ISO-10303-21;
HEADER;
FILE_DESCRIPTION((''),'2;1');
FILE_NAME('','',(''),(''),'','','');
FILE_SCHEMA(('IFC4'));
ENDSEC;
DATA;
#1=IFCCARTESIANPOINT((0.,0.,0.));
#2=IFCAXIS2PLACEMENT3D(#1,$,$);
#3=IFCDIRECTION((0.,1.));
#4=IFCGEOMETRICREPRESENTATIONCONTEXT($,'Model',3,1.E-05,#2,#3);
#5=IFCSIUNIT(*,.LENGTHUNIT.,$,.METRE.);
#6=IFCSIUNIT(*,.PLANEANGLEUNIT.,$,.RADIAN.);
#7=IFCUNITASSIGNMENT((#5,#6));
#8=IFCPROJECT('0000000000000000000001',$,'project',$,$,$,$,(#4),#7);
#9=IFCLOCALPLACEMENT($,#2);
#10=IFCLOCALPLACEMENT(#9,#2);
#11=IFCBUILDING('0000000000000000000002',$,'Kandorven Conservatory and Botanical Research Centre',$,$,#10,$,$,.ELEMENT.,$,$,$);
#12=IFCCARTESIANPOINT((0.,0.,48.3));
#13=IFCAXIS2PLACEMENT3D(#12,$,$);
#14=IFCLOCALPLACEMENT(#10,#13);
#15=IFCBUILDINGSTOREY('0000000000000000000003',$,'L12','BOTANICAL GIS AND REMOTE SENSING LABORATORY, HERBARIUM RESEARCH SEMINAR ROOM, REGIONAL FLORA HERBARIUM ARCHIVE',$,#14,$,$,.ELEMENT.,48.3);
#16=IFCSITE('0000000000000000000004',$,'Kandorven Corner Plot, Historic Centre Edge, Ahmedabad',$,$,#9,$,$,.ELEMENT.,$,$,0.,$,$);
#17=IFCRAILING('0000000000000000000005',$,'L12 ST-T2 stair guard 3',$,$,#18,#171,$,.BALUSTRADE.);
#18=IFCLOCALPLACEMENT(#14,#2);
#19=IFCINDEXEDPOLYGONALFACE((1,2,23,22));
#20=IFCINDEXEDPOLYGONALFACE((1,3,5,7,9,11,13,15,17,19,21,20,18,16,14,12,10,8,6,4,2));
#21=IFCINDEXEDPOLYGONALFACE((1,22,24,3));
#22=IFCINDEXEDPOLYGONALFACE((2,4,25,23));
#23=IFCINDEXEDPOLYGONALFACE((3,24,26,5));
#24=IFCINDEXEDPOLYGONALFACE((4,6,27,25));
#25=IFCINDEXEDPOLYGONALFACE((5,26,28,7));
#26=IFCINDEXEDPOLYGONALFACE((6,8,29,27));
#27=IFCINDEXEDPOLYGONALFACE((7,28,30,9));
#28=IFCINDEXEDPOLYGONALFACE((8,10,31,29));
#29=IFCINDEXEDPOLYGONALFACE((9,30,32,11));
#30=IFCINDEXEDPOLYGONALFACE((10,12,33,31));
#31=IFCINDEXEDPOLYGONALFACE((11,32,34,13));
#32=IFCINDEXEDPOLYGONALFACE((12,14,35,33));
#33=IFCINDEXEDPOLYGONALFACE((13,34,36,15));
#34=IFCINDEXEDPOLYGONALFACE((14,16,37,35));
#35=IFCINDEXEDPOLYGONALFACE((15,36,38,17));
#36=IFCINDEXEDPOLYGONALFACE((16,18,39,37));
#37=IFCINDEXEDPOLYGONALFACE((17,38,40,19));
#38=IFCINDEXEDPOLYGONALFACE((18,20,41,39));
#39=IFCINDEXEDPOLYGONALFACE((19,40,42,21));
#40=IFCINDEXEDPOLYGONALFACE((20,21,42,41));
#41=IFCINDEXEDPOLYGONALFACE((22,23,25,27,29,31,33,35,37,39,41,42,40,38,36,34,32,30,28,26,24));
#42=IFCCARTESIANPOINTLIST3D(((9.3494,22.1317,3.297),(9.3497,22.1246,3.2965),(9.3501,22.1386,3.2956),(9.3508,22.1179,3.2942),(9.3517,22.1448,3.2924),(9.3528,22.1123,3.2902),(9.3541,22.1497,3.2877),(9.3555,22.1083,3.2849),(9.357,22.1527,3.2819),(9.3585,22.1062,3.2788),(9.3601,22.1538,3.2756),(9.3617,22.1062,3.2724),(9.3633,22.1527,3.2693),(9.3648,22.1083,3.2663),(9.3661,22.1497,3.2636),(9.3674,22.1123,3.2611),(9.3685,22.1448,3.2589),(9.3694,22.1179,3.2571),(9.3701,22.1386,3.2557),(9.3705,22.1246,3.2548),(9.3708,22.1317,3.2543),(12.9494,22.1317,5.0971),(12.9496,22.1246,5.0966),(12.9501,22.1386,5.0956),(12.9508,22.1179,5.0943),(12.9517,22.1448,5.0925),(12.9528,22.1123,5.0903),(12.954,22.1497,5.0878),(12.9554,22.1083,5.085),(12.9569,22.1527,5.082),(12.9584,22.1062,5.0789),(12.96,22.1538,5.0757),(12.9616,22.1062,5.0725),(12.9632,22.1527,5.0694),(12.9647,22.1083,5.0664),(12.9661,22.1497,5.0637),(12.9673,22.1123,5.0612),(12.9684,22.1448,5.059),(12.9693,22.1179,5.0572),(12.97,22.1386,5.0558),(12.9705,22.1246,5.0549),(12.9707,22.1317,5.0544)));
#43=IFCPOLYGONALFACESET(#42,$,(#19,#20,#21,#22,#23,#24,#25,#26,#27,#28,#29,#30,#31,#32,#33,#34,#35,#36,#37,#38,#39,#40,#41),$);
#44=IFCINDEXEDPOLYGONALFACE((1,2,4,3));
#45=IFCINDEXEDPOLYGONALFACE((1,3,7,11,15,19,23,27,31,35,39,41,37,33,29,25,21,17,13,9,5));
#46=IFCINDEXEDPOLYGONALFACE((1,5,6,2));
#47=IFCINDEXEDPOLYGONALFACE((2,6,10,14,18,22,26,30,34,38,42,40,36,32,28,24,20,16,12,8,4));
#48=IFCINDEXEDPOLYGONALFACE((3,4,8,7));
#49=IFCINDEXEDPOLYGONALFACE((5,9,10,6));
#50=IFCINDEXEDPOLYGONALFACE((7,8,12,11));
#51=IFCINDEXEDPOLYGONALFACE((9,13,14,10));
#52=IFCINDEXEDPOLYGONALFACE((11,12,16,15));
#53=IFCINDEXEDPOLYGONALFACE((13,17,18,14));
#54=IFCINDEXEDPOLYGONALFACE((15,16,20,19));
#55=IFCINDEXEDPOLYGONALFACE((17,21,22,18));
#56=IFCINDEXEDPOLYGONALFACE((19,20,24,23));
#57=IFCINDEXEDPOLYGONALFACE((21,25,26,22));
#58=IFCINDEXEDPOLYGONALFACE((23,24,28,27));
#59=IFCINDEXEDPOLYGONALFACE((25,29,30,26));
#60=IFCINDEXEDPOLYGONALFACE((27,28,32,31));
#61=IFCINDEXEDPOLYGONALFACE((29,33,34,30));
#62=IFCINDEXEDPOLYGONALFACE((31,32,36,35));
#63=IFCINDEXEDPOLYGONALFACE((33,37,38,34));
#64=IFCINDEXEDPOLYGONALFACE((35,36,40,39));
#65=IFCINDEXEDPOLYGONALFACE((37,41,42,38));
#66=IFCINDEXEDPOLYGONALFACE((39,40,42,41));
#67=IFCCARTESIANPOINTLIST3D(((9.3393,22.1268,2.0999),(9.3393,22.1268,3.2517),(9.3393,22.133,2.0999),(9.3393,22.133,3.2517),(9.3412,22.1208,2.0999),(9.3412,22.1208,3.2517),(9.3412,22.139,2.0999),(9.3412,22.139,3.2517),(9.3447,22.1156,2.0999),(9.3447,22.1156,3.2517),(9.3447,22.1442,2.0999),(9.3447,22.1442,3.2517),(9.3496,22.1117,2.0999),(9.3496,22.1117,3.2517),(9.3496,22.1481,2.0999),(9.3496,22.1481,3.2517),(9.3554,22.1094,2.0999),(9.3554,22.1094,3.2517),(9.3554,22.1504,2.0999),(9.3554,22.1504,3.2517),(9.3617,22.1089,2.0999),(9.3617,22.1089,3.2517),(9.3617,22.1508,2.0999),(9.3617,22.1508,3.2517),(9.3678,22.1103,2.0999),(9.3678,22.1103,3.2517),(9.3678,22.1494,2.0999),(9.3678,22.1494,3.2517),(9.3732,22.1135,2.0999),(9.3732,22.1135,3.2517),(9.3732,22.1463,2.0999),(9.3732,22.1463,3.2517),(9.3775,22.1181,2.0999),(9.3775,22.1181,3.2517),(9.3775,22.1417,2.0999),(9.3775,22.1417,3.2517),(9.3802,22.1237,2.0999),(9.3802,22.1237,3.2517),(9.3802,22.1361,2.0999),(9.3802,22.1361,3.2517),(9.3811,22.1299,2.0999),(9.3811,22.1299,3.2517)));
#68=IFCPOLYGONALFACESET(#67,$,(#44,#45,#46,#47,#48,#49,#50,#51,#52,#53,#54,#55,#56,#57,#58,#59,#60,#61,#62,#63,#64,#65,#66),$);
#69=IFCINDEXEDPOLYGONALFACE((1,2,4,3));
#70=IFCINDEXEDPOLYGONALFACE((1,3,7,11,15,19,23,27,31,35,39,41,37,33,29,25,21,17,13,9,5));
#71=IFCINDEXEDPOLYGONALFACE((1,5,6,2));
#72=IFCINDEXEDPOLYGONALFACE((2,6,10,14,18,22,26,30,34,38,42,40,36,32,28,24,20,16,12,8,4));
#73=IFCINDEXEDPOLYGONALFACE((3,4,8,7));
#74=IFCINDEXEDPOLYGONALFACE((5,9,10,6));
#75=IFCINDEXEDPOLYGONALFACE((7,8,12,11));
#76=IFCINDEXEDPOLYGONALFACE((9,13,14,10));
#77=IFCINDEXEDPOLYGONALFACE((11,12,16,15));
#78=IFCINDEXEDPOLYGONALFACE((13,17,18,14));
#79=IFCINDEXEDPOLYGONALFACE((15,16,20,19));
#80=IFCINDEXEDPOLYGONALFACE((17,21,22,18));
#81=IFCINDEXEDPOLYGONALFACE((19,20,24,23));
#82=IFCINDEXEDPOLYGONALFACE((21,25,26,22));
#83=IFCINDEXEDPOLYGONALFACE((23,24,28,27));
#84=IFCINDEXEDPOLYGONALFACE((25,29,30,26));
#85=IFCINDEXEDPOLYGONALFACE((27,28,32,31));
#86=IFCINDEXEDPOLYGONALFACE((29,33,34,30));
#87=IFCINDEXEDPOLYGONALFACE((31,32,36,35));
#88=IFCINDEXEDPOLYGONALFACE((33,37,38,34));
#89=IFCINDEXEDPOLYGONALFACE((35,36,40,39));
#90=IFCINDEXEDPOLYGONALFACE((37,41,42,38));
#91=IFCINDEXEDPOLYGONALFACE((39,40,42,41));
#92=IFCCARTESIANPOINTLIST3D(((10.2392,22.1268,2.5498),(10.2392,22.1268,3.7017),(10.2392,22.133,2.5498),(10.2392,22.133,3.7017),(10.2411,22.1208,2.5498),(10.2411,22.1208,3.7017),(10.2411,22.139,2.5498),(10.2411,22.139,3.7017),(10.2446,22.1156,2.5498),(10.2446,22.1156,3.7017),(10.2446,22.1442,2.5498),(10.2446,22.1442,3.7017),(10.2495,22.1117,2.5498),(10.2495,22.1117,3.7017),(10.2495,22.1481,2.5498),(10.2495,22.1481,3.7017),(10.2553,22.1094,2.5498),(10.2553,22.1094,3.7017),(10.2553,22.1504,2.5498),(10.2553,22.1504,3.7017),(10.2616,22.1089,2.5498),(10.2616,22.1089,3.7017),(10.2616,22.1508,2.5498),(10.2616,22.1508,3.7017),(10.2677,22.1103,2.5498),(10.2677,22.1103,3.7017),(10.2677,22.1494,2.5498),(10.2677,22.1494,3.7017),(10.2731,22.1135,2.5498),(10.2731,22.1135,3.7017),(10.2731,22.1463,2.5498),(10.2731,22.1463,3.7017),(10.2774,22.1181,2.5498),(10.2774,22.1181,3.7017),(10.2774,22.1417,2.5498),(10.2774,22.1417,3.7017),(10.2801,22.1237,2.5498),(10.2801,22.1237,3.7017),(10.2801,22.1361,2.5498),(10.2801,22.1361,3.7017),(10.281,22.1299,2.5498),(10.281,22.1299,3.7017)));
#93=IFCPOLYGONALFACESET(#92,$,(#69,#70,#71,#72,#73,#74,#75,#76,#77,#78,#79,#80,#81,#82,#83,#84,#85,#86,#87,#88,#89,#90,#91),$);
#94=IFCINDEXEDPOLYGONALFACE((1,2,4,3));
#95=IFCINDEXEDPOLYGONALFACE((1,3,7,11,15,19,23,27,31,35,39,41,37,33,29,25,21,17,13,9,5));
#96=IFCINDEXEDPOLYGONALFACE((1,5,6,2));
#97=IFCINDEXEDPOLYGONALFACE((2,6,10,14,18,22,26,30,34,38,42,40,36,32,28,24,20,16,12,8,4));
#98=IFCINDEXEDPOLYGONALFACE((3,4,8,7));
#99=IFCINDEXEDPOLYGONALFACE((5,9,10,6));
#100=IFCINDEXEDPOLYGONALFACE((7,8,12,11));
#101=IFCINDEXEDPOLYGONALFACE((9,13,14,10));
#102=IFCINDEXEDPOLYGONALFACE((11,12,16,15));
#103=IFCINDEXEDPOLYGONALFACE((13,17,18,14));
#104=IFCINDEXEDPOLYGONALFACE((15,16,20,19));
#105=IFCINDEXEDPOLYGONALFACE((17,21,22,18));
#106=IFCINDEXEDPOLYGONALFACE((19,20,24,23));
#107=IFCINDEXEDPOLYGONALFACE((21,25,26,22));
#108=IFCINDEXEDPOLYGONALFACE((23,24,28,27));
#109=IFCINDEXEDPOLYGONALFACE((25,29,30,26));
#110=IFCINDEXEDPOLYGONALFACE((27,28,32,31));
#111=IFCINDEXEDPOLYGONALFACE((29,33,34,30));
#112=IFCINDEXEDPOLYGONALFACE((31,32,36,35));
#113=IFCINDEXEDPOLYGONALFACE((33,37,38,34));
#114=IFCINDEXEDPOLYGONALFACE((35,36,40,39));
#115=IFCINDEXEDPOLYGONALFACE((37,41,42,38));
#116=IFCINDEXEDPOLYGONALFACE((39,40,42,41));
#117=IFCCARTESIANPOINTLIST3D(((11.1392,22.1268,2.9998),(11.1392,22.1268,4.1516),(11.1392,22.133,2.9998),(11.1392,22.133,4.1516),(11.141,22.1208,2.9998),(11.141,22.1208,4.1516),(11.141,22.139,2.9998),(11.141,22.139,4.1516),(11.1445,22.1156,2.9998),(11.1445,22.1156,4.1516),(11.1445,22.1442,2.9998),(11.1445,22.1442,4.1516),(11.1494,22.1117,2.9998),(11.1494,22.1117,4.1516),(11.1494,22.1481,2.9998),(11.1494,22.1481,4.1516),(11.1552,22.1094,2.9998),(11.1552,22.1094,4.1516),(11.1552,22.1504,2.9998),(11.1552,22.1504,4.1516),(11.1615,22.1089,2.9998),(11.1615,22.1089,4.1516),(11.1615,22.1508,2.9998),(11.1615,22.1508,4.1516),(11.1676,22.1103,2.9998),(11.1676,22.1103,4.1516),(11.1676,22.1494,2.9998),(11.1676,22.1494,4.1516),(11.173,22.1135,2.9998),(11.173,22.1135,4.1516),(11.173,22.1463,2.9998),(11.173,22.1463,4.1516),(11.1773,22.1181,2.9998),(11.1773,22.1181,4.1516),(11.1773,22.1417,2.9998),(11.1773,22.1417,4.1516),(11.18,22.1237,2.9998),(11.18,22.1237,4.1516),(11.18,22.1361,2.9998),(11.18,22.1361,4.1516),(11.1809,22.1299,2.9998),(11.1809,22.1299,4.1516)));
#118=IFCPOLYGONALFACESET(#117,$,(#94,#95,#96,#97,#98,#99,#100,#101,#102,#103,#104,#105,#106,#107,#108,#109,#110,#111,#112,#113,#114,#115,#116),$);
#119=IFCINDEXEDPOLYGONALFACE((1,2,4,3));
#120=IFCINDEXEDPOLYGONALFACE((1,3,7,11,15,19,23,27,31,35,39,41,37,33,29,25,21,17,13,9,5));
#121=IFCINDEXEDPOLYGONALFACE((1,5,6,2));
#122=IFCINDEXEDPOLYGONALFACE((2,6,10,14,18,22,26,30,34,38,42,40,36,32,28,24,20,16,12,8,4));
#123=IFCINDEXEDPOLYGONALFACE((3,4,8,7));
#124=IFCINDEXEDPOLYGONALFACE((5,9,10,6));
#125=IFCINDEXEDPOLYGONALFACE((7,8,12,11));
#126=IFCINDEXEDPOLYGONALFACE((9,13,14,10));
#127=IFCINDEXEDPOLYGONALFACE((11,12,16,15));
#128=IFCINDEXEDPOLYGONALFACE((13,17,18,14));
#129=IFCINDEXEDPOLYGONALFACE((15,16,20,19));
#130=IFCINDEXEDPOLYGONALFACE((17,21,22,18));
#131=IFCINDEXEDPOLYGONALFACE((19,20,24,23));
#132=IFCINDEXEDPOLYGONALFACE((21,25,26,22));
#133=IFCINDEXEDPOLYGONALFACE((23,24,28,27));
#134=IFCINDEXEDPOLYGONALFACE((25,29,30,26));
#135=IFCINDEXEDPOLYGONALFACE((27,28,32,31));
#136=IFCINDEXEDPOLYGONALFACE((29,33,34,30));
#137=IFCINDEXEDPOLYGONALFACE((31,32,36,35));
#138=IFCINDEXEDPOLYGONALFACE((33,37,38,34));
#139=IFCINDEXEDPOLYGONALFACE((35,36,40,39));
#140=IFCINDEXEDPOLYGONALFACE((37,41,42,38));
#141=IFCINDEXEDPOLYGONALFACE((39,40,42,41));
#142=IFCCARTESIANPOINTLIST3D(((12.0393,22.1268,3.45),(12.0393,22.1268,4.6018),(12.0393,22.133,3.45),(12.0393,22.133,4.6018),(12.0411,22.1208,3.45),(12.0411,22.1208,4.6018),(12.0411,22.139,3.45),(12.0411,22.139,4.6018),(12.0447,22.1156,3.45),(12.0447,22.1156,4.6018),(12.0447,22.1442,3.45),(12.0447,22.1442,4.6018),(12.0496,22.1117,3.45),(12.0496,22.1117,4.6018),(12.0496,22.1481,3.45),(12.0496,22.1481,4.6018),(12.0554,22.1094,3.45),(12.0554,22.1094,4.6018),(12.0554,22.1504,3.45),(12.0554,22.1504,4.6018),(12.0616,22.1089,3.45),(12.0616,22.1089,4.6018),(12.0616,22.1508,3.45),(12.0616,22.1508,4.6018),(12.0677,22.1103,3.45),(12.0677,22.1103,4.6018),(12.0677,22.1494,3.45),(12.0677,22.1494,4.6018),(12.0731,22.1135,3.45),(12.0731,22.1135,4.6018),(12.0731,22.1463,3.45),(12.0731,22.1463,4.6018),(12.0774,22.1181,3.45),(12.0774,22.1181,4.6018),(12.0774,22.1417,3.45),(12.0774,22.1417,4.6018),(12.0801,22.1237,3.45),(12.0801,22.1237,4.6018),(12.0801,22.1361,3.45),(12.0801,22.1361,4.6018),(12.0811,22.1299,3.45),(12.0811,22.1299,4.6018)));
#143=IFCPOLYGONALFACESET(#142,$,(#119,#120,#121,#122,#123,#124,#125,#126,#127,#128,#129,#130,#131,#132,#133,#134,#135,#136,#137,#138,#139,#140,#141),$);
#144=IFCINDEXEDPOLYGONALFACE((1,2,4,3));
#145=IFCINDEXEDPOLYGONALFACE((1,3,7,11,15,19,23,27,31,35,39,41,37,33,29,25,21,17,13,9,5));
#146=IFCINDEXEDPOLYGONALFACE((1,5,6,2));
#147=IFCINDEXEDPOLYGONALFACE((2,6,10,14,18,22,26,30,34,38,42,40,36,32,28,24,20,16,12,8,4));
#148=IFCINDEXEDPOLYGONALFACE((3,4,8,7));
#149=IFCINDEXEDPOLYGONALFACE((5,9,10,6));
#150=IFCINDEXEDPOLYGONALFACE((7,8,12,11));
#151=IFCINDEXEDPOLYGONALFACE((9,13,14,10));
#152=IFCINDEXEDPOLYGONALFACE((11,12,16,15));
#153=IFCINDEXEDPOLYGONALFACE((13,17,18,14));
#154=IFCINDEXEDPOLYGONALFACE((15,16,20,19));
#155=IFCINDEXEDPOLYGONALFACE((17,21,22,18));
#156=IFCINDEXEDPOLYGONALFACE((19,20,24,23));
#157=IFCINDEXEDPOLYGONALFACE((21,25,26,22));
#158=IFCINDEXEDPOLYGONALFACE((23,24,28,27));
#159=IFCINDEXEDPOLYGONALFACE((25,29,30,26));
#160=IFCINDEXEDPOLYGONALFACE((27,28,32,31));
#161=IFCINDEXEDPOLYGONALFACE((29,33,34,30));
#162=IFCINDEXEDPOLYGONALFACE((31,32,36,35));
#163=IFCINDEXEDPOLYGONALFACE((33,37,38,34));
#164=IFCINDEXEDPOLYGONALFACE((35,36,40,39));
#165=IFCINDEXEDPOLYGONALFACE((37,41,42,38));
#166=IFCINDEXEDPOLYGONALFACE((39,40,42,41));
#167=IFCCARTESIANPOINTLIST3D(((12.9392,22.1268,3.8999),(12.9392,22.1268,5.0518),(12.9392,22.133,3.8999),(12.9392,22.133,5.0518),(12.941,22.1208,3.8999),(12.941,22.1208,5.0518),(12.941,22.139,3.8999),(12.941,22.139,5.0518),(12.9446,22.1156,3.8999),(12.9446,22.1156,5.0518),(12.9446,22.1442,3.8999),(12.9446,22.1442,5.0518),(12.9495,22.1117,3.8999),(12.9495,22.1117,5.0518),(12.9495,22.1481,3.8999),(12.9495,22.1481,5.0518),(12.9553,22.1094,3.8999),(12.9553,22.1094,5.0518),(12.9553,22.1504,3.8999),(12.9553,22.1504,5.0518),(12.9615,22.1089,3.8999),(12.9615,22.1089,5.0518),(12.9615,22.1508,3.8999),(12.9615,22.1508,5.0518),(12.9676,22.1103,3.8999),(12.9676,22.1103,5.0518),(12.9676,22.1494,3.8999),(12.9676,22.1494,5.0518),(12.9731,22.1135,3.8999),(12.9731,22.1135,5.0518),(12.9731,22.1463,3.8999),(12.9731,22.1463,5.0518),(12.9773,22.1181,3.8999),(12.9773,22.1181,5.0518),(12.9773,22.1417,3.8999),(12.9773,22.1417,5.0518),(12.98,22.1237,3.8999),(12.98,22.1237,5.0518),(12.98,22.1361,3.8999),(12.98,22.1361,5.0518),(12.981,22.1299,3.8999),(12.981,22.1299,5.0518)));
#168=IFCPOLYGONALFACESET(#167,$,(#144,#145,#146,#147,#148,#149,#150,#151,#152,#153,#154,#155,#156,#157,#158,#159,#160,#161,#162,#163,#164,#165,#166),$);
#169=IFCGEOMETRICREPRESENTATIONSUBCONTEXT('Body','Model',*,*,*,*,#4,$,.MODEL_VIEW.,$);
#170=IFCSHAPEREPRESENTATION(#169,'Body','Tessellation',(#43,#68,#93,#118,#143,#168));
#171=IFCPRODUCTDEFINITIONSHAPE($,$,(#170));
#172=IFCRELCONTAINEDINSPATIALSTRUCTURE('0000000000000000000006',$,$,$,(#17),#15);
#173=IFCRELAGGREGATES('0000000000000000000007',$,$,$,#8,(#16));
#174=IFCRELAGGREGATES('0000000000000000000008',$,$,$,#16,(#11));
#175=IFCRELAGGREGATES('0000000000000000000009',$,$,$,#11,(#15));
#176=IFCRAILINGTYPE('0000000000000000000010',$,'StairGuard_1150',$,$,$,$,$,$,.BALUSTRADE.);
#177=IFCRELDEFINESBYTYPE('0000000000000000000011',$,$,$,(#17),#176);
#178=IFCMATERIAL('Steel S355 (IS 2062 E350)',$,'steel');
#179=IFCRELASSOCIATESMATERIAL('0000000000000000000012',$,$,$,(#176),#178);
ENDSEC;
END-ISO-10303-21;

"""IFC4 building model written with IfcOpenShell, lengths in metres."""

from ifc_helpers import new_model, si_unit, direction, frame, origin, origin_2d, place, context, subcontext, project, spatial, circle, extrude, material, type_object, element, save


model = new_model("IFC4")

# Units and contexts
model_context = context("Model", 3, precision=1e-05, world=origin(), true_north=direction((0.0, 1.0)))
body_context = subcontext(model_context, "Body", "Model", "MODEL_VIEW")
ifc_project = project(units=[si_unit("LENGTHUNIT", "METRE"), si_unit("PLANEANGLEUNIT", "RADIAN")], contexts=[model_context])

# Site, building, storey
site_placement = place(None, origin())
site = spatial("IfcSite", under=ifc_project, at=site_placement, Name="Kandorven Corner Plot, Historic Centre Edge, Ahmedabad", CompositionType="ELEMENT", RefElevation=0.0)
building_placement = place(site_placement, origin())
building = spatial("IfcBuilding", under=site, at=building_placement, Name="Kandorven Conservatory and Botanical Research Centre", CompositionType="ELEMENT")
storey_placement = place(building_placement, frame((0.0, 0.0, 48.3)))
storey = spatial("IfcBuildingStorey", under=building, at=storey_placement, Name="L12", Description="BOTANICAL GIS AND REMOTE SENSING LABORATORY, HERBARIUM RESEARCH SEMINAR ROOM, REGIONAL FLORA HERBARIUM ARCHIVE", CompositionType="ELEMENT", Elevation=48.3)

# Railing
ifc_material_1 = material(Name="Steel S355 (IS 2062 E350)", Category="steel")
railing_type_1 = type_object("IfcRailingType", Name="StairGuard_1150", PredefinedType="BALUSTRADE", material=ifc_material_1)
railing_1_placement = place(storey_placement, frame((9.3601, 22.1299, 2.0999)))
element("IfcRailing", 1, at=railing_1_placement, inside=storey, type_object=railing_type_1, Name="L12 ST-T2 stair guard 3", PredefinedType="BALUSTRADE", context=body_context, shape_type="SweptSolid", body=[
    extrude(circle(Radius=0.0239, at=origin_2d()), frame((0.0, 0.0, 1.1758), z_axis=(0.894415, 0.0, 0.447238), x_axis=(0.0, 1.0, 0.0)), (0.0, 0.0, 1.0), 4.0249),
    extrude(circle(Radius=0.021, at=origin_2d()), origin(), (0.0, 0.0, 1.0), 1.1519),
    extrude(circle(Radius=0.021, at=origin_2d()), frame((0.8999, 0.0, 0.45)), (0.0, 0.0, 1.0), 1.1519),
    extrude(circle(Radius=0.021, at=origin_2d()), frame((1.7998, 0.0, 0.8999)), (0.0, 0.0, 1.0), 1.1519),
    extrude(circle(Radius=0.021, at=origin_2d()), frame((2.7, 0.0, 1.3501)), (0.0, 0.0, 1.0), 1.1519),
    extrude(circle(Radius=0.021, at=origin_2d()), frame((3.5999, 0.0, 1.8)), (0.0, 0.0, 1.0), 1.1519),
])

save(model, "model.ifc")
